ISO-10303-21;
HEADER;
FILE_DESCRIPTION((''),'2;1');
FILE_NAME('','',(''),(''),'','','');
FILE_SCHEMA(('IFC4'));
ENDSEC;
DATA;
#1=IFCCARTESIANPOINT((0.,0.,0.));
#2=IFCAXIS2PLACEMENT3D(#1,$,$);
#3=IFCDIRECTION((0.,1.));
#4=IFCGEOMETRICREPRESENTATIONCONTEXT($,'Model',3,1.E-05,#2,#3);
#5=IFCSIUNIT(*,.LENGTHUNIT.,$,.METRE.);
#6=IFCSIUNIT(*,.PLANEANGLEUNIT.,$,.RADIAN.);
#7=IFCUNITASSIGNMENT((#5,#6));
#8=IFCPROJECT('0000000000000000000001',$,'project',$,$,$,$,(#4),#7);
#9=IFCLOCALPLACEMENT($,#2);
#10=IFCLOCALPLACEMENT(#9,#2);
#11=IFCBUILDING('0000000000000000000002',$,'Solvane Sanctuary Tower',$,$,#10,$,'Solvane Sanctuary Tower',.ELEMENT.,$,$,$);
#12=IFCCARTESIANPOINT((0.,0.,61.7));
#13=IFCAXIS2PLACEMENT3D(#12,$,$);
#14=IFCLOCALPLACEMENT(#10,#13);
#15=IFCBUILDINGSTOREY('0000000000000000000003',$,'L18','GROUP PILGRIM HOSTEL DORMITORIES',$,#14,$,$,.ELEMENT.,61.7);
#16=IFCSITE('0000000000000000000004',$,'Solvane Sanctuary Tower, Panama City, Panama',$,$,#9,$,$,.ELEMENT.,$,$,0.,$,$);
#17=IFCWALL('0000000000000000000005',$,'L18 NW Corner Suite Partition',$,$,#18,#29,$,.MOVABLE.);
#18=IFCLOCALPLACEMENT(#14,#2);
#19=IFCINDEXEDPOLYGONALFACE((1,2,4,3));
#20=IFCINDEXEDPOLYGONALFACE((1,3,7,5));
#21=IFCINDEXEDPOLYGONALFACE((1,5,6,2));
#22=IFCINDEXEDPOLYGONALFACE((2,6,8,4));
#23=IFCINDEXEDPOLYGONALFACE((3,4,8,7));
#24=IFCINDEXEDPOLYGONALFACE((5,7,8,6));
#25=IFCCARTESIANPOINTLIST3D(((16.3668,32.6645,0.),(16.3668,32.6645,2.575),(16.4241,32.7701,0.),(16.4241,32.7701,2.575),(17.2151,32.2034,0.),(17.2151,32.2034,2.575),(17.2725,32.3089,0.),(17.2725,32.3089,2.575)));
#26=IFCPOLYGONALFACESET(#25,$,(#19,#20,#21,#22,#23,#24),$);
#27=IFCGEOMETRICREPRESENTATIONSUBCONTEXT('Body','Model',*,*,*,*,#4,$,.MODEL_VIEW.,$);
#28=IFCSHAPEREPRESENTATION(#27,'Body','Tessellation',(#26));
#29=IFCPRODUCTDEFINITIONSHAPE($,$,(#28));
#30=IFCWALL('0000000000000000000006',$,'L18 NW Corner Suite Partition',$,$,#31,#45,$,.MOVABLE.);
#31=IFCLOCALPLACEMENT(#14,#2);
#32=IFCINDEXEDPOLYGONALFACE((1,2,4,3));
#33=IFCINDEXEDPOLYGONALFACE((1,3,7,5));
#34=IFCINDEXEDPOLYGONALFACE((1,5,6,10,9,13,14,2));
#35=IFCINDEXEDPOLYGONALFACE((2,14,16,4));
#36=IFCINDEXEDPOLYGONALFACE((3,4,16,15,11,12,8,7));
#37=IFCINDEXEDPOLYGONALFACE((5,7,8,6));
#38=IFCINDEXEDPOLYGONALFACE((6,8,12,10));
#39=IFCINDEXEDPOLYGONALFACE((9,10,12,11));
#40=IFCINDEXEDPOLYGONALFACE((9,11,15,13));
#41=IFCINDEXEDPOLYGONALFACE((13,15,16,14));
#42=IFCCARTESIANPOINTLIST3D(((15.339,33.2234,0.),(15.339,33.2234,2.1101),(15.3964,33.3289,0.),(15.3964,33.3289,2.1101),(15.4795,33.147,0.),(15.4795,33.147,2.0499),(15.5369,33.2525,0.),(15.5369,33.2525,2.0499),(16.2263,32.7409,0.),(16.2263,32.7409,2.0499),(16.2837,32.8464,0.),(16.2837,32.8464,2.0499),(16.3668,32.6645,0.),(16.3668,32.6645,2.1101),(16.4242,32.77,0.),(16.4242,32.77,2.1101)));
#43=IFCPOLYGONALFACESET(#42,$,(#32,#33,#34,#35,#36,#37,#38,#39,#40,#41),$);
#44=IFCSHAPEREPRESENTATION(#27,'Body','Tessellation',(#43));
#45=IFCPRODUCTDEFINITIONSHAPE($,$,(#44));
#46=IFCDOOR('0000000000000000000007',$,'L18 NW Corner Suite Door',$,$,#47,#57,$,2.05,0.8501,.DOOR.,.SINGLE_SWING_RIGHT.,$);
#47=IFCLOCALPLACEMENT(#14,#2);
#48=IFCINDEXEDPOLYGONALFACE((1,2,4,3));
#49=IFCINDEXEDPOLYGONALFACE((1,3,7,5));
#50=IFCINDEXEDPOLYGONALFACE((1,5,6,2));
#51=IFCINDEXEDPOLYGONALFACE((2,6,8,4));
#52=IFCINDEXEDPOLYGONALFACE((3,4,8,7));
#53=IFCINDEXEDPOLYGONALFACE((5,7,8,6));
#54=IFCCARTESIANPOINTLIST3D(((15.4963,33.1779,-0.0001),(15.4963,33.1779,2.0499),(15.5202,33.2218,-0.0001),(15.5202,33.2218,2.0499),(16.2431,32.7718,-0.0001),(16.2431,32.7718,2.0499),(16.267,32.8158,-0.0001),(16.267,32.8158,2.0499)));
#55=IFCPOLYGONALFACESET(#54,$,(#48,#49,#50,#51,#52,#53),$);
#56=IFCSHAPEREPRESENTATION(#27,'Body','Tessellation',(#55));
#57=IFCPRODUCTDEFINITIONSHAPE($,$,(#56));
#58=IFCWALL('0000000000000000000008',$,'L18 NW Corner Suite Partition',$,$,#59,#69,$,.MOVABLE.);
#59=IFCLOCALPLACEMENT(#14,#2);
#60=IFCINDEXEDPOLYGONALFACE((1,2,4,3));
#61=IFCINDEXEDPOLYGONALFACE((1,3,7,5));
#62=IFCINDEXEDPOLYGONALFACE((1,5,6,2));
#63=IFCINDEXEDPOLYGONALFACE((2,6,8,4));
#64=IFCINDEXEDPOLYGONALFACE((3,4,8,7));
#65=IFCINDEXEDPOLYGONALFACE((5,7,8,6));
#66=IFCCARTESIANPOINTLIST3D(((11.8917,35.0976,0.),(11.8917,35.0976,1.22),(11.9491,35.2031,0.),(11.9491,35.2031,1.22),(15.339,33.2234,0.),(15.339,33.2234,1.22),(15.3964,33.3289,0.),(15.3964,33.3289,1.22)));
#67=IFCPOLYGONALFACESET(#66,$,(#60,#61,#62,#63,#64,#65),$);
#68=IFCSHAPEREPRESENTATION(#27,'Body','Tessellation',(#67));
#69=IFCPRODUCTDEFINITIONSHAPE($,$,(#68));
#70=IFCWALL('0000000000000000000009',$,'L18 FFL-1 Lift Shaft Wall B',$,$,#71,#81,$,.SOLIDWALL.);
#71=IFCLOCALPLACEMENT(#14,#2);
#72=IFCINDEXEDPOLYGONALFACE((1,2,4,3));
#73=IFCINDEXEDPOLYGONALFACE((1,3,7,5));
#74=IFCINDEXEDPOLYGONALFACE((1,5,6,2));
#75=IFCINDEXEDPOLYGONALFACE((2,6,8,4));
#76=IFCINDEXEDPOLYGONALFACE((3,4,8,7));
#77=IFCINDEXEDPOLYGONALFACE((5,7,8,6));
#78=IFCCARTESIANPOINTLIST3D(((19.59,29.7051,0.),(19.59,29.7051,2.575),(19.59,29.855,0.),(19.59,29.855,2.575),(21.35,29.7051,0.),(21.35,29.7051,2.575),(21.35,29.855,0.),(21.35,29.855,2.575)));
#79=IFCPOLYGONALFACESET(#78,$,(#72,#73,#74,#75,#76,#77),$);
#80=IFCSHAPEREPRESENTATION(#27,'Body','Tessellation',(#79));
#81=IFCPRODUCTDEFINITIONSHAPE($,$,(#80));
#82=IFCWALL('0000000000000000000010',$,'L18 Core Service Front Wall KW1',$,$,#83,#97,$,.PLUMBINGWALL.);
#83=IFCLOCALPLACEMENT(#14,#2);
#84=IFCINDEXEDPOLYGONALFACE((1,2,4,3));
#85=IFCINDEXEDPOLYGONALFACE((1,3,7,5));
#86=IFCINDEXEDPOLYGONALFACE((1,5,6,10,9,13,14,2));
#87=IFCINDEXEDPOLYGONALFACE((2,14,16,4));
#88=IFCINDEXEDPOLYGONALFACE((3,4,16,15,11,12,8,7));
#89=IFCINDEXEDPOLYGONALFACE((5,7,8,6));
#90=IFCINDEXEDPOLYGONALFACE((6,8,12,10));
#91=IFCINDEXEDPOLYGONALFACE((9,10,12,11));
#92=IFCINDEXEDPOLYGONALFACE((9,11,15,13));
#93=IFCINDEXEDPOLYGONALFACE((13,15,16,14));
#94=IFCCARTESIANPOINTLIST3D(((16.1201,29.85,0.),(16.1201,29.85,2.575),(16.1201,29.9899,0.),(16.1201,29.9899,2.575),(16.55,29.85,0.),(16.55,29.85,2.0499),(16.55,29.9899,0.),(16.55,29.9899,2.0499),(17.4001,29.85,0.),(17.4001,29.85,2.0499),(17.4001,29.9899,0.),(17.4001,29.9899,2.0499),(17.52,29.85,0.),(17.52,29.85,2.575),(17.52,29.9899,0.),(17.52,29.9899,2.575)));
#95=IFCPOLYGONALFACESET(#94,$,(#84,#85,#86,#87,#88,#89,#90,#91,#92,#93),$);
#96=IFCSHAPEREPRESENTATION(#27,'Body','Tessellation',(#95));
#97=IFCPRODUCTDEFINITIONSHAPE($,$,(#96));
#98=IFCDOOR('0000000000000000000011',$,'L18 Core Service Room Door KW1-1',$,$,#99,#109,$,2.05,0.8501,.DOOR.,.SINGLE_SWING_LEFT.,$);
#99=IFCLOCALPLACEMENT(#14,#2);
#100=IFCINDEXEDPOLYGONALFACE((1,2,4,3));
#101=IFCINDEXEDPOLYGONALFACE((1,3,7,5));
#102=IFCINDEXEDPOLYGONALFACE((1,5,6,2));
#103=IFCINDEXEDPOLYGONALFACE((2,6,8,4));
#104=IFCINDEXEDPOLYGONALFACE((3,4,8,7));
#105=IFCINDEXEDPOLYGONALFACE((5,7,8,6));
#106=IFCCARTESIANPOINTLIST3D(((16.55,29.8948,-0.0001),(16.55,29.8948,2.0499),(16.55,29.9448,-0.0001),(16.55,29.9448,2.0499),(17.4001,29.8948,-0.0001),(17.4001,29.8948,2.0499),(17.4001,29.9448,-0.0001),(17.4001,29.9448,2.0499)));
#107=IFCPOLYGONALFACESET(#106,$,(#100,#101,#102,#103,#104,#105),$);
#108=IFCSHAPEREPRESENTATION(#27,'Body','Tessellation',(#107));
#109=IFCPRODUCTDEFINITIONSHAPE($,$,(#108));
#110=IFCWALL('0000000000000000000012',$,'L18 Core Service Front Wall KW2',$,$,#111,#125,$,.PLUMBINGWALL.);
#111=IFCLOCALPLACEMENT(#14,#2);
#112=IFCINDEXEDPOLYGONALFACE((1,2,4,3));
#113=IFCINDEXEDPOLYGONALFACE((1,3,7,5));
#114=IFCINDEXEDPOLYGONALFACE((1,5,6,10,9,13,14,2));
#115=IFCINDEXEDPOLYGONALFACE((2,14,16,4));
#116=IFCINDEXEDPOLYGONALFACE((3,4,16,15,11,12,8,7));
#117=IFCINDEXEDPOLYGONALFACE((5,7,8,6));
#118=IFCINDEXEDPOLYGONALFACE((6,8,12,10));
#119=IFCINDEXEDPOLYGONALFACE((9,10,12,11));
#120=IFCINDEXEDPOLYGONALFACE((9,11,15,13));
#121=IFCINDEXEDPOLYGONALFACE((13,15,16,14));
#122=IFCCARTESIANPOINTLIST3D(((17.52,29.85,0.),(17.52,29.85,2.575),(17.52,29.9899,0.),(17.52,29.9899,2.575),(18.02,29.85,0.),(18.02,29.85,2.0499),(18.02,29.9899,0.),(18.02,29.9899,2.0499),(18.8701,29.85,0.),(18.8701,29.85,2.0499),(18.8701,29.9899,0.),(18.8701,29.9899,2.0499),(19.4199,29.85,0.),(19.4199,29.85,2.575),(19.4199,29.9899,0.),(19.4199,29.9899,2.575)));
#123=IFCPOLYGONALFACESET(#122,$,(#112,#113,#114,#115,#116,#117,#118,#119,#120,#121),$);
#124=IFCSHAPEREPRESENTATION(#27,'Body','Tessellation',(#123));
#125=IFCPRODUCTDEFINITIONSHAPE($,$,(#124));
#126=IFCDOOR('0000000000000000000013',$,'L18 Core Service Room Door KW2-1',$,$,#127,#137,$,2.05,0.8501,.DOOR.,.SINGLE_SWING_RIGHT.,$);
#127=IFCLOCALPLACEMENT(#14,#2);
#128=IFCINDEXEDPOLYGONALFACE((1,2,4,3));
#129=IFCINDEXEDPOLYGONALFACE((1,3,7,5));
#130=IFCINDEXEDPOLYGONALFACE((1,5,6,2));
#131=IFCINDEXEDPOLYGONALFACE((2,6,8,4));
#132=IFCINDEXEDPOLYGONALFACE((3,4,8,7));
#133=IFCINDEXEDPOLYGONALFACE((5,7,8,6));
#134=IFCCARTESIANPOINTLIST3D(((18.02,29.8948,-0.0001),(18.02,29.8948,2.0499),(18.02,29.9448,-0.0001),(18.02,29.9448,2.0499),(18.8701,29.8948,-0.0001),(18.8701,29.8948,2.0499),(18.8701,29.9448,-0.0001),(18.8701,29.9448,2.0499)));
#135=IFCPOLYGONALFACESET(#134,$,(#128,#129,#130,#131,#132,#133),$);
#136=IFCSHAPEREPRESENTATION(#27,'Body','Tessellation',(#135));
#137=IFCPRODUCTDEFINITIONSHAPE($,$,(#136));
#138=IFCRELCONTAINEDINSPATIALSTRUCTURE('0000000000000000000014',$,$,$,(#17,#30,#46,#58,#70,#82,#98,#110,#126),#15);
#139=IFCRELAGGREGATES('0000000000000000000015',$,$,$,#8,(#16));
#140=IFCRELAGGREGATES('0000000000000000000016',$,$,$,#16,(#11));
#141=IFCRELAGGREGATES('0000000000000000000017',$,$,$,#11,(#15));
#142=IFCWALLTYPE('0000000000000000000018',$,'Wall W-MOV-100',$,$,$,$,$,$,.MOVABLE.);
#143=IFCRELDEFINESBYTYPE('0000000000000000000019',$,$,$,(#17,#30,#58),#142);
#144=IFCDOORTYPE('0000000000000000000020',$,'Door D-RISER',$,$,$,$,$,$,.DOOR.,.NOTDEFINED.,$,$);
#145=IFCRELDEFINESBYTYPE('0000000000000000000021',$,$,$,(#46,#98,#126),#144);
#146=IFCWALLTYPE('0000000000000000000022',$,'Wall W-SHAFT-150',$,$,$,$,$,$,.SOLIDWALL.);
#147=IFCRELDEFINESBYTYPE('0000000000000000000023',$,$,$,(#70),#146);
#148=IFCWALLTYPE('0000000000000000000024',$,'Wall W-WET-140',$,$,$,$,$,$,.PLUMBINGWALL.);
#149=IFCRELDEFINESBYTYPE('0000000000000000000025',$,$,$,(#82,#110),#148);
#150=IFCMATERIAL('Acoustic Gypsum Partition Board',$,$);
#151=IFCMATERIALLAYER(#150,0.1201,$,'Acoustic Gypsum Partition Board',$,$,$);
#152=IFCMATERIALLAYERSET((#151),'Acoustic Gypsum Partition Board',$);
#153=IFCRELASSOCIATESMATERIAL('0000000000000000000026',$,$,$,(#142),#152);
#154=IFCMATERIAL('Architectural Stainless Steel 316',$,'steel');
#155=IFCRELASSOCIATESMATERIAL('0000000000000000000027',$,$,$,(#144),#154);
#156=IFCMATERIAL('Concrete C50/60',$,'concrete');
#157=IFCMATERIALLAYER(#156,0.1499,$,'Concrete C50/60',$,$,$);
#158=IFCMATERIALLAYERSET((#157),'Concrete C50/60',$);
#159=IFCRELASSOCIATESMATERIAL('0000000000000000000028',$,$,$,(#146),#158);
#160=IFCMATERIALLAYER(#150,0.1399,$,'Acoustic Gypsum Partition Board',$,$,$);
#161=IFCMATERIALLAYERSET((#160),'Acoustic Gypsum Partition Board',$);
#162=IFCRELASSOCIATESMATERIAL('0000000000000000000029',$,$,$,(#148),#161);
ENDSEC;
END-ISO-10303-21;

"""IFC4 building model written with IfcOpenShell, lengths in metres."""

from ifc_helpers import new_model, si_unit, direction, frame, frame_2d, origin, place, context, subcontext, project, spatial, rectangle, extrude, material, layer, layer_set, type_object, element, fill, save


model = new_model("IFC4")

# Units and contexts
model_context = context("Model", 3, precision=1e-05, world=origin(), true_north=direction((0.0, 1.0)))
body_context = subcontext(model_context, "Body", "Model", "MODEL_VIEW")
ifc_project = project(units=[si_unit("LENGTHUNIT", "METRE"), si_unit("PLANEANGLEUNIT", "RADIAN")], contexts=[model_context])

# Site, building, storey
site_placement = place(None, origin())
site = spatial("IfcSite", under=ifc_project, at=site_placement, Name="Solvane Sanctuary Tower, Panama City, Panama", CompositionType="ELEMENT", RefElevation=0.0)
building_placement = place(site_placement, origin())
building = spatial("IfcBuilding", under=site, at=building_placement, Name="Solvane Sanctuary Tower", LongName="Solvane Sanctuary Tower", CompositionType="ELEMENT")
storey_placement = place(building_placement, frame((0.0, 0.0, 61.7)))
storey = spatial("IfcBuildingStorey", under=building, at=storey_placement, Name="L18", Description="GROUP PILGRIM HOSTEL DORMITORIES", CompositionType="ELEMENT", Elevation=61.7)

# Shared definitions
ifc_material_1 = material(Name="Acoustic Gypsum Partition Board")

# Wall
ifc_layer_1 = layer(ifc_material_1, 0.1201, Name="Acoustic Gypsum Partition Board")
ifc_layer_set_1 = layer_set([ifc_layer_1], Name="Acoustic Gypsum Partition Board")
wall_type_1 = type_object("IfcWallType", Name="Wall W-MOV-100", PredefinedType="MOVABLE", material=ifc_layer_set_1)
wall_1_placement = place(storey_placement, frame((17.2439, 32.2561, 0.0), z_axis=(0.0, 0.0, 1.0), x_axis=(-0.878581, 0.477594, 0.0)))
element("IfcWall", 1, at=wall_1_placement, inside=storey, type_object=wall_type_1, Name="L18 NW Corner Suite Partition", PredefinedType="MOVABLE", context=body_context, shape_type="SweptSolid", body=[
    extrude(rectangle(XDim=0.9656, YDim=0.1201, at=frame_2d((0.4829, 0.0))), origin(), (0.0, 0.0, 1.0), 2.575),
])

# Wall, opening, door
wall_2_placement = place(storey_placement, frame((16.3955, 32.7173, 0.0), z_axis=(0.0, 0.0, 1.0), x_axis=(-0.878541, 0.477667, 0.0)))
wall_2 = element("IfcWall", 2, at=wall_2_placement, inside=storey, type_object=wall_type_1, Name="L18 NW Corner Suite Partition", PredefinedType="MOVABLE", context=body_context, shape_type="SweptSolid", body=[
    extrude(rectangle(XDim=1.1699, YDim=0.1201, at=frame_2d((0.585, 0.0))), origin(), (0.0, 0.0, 1.0), 2.1101),
])
opening_1_placement = place(wall_2_placement, frame((0.1599, 0.0, 0.0)))
opening_1 = element("IfcOpeningElement", 3, at=opening_1_placement, cuts=wall_2, PredefinedType="OPENING", context=body_context, shape_type="SweptSolid", body=[
    extrude(rectangle(XDim=0.8501, YDim=2.05, at=frame_2d((0.425, 1.0249))), frame((0.0, 0.0701, 0.0), z_axis=(0.0, -1.0, 0.0), x_axis=(1.0, 0.0, 0.0)), (0.0, 0.0, 1.0), 0.1401),
])
ifc_material_2 = material(Name="Architectural Stainless Steel 316", Category="steel")
door_type_1 = type_object("IfcDoorType", Name="Door D-RISER", OperationType="NOTDEFINED", PredefinedType="DOOR", material=ifc_material_2)
door_1_placement = place(opening_1_placement, origin())
door_1 = element("IfcDoor", 4, at=door_1_placement, inside=storey, type_object=door_type_1, Name="L18 NW Corner Suite Door", OperationType="SINGLE_SWING_RIGHT", OverallHeight=2.05, OverallWidth=0.8501, PredefinedType="DOOR", context=body_context, shape_type="SweptSolid", body=[
    extrude(rectangle(XDim=0.8501, YDim=2.05, at=frame_2d((0.425, 1.0249))), frame((0.0, 0.0249, 0.0), z_axis=(0.0, -1.0, 0.0), x_axis=(1.0, 0.0, 0.0)), (0.0, 0.0, 1.0), 0.05),
])
fill(opening_1, door_1)

# Walls
wall_3_placement = place(storey_placement, frame((15.3677, 33.2761, 0.0), z_axis=(0.0, 0.0, 1.0), x_axis=(-0.878544, 0.477662, 0.0)))
element("IfcWall", 5, at=wall_3_placement, inside=storey, type_object=wall_type_1, Name="L18 NW Corner Suite Partition", PredefinedType="MOVABLE", context=body_context, shape_type="SweptSolid", body=[
    extrude(rectangle(XDim=3.9238, YDim=0.1201, at=frame_2d((1.9619, 0.0))), origin(), (0.0, 0.0, 1.0), 1.22),
])
ifc_material_3 = material(Name="Concrete C50/60", Category="concrete")
ifc_layer_2 = layer(ifc_material_3, 0.1499, Name="Concrete C50/60")
ifc_layer_set_2 = layer_set([ifc_layer_2], Name="Concrete C50/60")
wall_type_2 = type_object("IfcWallType", Name="Wall W-SHAFT-150", PredefinedType="SOLIDWALL", material=ifc_layer_set_2)
wall_4_placement = place(storey_placement, frame((19.5901, 29.78, 0.0), z_axis=(0.0, 0.0, 1.0), x_axis=(1.0, 0.0, 0.0)))
element("IfcWall", 6, at=wall_4_placement, inside=storey, type_object=wall_type_2, Name="L18 FFL-1 Lift Shaft Wall B", PredefinedType="SOLIDWALL", context=body_context, shape_type="SweptSolid", body=[
    extrude(rectangle(XDim=1.76, YDim=0.1499, at=frame_2d((0.8799, 0.0))), origin(), (0.0, 0.0, 1.0), 2.575),
])

# Walls, openings, doors
ifc_layer_3 = layer(ifc_material_1, 0.1399, Name="Acoustic Gypsum Partition Board")
ifc_layer_set_3 = layer_set([ifc_layer_3], Name="Acoustic Gypsum Partition Board")
wall_type_3 = type_object("IfcWallType", Name="Wall W-WET-140", PredefinedType="PLUMBINGWALL", material=ifc_layer_set_3)
wall_5_placement = place(storey_placement, frame((16.1201, 29.9199, 0.0), z_axis=(0.0, 0.0, 1.0), x_axis=(1.0, 0.0, 0.0)))
wall_5 = element("IfcWall", 7, at=wall_5_placement, inside=storey, type_object=wall_type_3, Name="L18 Core Service Front Wall KW1", PredefinedType="PLUMBINGWALL", context=body_context, shape_type="SweptSolid", body=[
    extrude(rectangle(XDim=1.3999, YDim=0.1399, at=frame_2d((0.7, 0.0))), origin(), (0.0, 0.0, 1.0), 2.575),
])
opening_2_placement = place(wall_5_placement, frame((0.4299, 0.0, 0.0)))
opening_2 = element("IfcOpeningElement", 8, at=opening_2_placement, cuts=wall_5, PredefinedType="OPENING", context=body_context, shape_type="SweptSolid", body=[
    extrude(rectangle(XDim=0.8501, YDim=2.05, at=frame_2d((0.425, 1.0249))), frame((0.0, 0.0798, 0.0), z_axis=(0.0, -1.0, 0.0), x_axis=(1.0, 0.0, 0.0)), (0.0, 0.0, 1.0), 0.1599),
])
door_2_placement = place(opening_2_placement, origin())
door_2 = element("IfcDoor", 9, at=door_2_placement, inside=storey, type_object=door_type_1, Name="L18 Core Service Room Door KW1-1", OperationType="SINGLE_SWING_LEFT", OverallHeight=2.05, OverallWidth=0.8501, PredefinedType="DOOR", context=body_context, shape_type="SweptSolid", body=[
    extrude(rectangle(XDim=0.8501, YDim=2.05, at=frame_2d((0.425, 1.0249))), frame((0.0, 0.0249, 0.0), z_axis=(0.0, -1.0, 0.0), x_axis=(1.0, 0.0, 0.0)), (0.0, 0.0, 1.0), 0.05),
])
fill(opening_2, door_2)
wall_6_placement = place(storey_placement, frame((17.52, 29.9199, 0.0), z_axis=(0.0, 0.0, 1.0), x_axis=(1.0, 0.0, 0.0)))
wall_6 = element("IfcWall", 10, at=wall_6_placement, inside=storey, type_object=wall_type_3, Name="L18 Core Service Front Wall KW2", PredefinedType="PLUMBINGWALL", context=body_context, shape_type="SweptSolid", body=[
    extrude(rectangle(XDim=1.8999, YDim=0.1399, at=frame_2d((0.95, 0.0))), origin(), (0.0, 0.0, 1.0), 2.575),
])
opening_3_placement = place(wall_6_placement, frame((0.5, 0.0, 0.0)))
opening_3 = element("IfcOpeningElement", 11, at=opening_3_placement, cuts=wall_6, PredefinedType="OPENING", context=body_context, shape_type="SweptSolid", body=[
    extrude(rectangle(XDim=0.8501, YDim=2.05, at=frame_2d((0.425, 1.0249))), frame((0.0, 0.0798, 0.0), z_axis=(0.0, -1.0, 0.0), x_axis=(1.0, 0.0, 0.0)), (0.0, 0.0, 1.0), 0.1599),
])
door_3_placement = place(opening_3_placement, origin())
door_3 = element("IfcDoor", 12, at=door_3_placement, inside=storey, type_object=door_type_1, Name="L18 Core Service Room Door KW2-1", OperationType="SINGLE_SWING_RIGHT", OverallHeight=2.05, OverallWidth=0.8501, PredefinedType="DOOR", context=body_context, shape_type="SweptSolid", body=[
    extrude(rectangle(XDim=0.8501, YDim=2.05, at=frame_2d((0.425, 1.0249))), frame((0.0, 0.0249, 0.0), z_axis=(0.0, -1.0, 0.0), x_axis=(1.0, 0.0, 0.0)), (0.0, 0.0, 1.0), 0.05),
])
fill(opening_3, door_3)

save(model, "model.ifc")
